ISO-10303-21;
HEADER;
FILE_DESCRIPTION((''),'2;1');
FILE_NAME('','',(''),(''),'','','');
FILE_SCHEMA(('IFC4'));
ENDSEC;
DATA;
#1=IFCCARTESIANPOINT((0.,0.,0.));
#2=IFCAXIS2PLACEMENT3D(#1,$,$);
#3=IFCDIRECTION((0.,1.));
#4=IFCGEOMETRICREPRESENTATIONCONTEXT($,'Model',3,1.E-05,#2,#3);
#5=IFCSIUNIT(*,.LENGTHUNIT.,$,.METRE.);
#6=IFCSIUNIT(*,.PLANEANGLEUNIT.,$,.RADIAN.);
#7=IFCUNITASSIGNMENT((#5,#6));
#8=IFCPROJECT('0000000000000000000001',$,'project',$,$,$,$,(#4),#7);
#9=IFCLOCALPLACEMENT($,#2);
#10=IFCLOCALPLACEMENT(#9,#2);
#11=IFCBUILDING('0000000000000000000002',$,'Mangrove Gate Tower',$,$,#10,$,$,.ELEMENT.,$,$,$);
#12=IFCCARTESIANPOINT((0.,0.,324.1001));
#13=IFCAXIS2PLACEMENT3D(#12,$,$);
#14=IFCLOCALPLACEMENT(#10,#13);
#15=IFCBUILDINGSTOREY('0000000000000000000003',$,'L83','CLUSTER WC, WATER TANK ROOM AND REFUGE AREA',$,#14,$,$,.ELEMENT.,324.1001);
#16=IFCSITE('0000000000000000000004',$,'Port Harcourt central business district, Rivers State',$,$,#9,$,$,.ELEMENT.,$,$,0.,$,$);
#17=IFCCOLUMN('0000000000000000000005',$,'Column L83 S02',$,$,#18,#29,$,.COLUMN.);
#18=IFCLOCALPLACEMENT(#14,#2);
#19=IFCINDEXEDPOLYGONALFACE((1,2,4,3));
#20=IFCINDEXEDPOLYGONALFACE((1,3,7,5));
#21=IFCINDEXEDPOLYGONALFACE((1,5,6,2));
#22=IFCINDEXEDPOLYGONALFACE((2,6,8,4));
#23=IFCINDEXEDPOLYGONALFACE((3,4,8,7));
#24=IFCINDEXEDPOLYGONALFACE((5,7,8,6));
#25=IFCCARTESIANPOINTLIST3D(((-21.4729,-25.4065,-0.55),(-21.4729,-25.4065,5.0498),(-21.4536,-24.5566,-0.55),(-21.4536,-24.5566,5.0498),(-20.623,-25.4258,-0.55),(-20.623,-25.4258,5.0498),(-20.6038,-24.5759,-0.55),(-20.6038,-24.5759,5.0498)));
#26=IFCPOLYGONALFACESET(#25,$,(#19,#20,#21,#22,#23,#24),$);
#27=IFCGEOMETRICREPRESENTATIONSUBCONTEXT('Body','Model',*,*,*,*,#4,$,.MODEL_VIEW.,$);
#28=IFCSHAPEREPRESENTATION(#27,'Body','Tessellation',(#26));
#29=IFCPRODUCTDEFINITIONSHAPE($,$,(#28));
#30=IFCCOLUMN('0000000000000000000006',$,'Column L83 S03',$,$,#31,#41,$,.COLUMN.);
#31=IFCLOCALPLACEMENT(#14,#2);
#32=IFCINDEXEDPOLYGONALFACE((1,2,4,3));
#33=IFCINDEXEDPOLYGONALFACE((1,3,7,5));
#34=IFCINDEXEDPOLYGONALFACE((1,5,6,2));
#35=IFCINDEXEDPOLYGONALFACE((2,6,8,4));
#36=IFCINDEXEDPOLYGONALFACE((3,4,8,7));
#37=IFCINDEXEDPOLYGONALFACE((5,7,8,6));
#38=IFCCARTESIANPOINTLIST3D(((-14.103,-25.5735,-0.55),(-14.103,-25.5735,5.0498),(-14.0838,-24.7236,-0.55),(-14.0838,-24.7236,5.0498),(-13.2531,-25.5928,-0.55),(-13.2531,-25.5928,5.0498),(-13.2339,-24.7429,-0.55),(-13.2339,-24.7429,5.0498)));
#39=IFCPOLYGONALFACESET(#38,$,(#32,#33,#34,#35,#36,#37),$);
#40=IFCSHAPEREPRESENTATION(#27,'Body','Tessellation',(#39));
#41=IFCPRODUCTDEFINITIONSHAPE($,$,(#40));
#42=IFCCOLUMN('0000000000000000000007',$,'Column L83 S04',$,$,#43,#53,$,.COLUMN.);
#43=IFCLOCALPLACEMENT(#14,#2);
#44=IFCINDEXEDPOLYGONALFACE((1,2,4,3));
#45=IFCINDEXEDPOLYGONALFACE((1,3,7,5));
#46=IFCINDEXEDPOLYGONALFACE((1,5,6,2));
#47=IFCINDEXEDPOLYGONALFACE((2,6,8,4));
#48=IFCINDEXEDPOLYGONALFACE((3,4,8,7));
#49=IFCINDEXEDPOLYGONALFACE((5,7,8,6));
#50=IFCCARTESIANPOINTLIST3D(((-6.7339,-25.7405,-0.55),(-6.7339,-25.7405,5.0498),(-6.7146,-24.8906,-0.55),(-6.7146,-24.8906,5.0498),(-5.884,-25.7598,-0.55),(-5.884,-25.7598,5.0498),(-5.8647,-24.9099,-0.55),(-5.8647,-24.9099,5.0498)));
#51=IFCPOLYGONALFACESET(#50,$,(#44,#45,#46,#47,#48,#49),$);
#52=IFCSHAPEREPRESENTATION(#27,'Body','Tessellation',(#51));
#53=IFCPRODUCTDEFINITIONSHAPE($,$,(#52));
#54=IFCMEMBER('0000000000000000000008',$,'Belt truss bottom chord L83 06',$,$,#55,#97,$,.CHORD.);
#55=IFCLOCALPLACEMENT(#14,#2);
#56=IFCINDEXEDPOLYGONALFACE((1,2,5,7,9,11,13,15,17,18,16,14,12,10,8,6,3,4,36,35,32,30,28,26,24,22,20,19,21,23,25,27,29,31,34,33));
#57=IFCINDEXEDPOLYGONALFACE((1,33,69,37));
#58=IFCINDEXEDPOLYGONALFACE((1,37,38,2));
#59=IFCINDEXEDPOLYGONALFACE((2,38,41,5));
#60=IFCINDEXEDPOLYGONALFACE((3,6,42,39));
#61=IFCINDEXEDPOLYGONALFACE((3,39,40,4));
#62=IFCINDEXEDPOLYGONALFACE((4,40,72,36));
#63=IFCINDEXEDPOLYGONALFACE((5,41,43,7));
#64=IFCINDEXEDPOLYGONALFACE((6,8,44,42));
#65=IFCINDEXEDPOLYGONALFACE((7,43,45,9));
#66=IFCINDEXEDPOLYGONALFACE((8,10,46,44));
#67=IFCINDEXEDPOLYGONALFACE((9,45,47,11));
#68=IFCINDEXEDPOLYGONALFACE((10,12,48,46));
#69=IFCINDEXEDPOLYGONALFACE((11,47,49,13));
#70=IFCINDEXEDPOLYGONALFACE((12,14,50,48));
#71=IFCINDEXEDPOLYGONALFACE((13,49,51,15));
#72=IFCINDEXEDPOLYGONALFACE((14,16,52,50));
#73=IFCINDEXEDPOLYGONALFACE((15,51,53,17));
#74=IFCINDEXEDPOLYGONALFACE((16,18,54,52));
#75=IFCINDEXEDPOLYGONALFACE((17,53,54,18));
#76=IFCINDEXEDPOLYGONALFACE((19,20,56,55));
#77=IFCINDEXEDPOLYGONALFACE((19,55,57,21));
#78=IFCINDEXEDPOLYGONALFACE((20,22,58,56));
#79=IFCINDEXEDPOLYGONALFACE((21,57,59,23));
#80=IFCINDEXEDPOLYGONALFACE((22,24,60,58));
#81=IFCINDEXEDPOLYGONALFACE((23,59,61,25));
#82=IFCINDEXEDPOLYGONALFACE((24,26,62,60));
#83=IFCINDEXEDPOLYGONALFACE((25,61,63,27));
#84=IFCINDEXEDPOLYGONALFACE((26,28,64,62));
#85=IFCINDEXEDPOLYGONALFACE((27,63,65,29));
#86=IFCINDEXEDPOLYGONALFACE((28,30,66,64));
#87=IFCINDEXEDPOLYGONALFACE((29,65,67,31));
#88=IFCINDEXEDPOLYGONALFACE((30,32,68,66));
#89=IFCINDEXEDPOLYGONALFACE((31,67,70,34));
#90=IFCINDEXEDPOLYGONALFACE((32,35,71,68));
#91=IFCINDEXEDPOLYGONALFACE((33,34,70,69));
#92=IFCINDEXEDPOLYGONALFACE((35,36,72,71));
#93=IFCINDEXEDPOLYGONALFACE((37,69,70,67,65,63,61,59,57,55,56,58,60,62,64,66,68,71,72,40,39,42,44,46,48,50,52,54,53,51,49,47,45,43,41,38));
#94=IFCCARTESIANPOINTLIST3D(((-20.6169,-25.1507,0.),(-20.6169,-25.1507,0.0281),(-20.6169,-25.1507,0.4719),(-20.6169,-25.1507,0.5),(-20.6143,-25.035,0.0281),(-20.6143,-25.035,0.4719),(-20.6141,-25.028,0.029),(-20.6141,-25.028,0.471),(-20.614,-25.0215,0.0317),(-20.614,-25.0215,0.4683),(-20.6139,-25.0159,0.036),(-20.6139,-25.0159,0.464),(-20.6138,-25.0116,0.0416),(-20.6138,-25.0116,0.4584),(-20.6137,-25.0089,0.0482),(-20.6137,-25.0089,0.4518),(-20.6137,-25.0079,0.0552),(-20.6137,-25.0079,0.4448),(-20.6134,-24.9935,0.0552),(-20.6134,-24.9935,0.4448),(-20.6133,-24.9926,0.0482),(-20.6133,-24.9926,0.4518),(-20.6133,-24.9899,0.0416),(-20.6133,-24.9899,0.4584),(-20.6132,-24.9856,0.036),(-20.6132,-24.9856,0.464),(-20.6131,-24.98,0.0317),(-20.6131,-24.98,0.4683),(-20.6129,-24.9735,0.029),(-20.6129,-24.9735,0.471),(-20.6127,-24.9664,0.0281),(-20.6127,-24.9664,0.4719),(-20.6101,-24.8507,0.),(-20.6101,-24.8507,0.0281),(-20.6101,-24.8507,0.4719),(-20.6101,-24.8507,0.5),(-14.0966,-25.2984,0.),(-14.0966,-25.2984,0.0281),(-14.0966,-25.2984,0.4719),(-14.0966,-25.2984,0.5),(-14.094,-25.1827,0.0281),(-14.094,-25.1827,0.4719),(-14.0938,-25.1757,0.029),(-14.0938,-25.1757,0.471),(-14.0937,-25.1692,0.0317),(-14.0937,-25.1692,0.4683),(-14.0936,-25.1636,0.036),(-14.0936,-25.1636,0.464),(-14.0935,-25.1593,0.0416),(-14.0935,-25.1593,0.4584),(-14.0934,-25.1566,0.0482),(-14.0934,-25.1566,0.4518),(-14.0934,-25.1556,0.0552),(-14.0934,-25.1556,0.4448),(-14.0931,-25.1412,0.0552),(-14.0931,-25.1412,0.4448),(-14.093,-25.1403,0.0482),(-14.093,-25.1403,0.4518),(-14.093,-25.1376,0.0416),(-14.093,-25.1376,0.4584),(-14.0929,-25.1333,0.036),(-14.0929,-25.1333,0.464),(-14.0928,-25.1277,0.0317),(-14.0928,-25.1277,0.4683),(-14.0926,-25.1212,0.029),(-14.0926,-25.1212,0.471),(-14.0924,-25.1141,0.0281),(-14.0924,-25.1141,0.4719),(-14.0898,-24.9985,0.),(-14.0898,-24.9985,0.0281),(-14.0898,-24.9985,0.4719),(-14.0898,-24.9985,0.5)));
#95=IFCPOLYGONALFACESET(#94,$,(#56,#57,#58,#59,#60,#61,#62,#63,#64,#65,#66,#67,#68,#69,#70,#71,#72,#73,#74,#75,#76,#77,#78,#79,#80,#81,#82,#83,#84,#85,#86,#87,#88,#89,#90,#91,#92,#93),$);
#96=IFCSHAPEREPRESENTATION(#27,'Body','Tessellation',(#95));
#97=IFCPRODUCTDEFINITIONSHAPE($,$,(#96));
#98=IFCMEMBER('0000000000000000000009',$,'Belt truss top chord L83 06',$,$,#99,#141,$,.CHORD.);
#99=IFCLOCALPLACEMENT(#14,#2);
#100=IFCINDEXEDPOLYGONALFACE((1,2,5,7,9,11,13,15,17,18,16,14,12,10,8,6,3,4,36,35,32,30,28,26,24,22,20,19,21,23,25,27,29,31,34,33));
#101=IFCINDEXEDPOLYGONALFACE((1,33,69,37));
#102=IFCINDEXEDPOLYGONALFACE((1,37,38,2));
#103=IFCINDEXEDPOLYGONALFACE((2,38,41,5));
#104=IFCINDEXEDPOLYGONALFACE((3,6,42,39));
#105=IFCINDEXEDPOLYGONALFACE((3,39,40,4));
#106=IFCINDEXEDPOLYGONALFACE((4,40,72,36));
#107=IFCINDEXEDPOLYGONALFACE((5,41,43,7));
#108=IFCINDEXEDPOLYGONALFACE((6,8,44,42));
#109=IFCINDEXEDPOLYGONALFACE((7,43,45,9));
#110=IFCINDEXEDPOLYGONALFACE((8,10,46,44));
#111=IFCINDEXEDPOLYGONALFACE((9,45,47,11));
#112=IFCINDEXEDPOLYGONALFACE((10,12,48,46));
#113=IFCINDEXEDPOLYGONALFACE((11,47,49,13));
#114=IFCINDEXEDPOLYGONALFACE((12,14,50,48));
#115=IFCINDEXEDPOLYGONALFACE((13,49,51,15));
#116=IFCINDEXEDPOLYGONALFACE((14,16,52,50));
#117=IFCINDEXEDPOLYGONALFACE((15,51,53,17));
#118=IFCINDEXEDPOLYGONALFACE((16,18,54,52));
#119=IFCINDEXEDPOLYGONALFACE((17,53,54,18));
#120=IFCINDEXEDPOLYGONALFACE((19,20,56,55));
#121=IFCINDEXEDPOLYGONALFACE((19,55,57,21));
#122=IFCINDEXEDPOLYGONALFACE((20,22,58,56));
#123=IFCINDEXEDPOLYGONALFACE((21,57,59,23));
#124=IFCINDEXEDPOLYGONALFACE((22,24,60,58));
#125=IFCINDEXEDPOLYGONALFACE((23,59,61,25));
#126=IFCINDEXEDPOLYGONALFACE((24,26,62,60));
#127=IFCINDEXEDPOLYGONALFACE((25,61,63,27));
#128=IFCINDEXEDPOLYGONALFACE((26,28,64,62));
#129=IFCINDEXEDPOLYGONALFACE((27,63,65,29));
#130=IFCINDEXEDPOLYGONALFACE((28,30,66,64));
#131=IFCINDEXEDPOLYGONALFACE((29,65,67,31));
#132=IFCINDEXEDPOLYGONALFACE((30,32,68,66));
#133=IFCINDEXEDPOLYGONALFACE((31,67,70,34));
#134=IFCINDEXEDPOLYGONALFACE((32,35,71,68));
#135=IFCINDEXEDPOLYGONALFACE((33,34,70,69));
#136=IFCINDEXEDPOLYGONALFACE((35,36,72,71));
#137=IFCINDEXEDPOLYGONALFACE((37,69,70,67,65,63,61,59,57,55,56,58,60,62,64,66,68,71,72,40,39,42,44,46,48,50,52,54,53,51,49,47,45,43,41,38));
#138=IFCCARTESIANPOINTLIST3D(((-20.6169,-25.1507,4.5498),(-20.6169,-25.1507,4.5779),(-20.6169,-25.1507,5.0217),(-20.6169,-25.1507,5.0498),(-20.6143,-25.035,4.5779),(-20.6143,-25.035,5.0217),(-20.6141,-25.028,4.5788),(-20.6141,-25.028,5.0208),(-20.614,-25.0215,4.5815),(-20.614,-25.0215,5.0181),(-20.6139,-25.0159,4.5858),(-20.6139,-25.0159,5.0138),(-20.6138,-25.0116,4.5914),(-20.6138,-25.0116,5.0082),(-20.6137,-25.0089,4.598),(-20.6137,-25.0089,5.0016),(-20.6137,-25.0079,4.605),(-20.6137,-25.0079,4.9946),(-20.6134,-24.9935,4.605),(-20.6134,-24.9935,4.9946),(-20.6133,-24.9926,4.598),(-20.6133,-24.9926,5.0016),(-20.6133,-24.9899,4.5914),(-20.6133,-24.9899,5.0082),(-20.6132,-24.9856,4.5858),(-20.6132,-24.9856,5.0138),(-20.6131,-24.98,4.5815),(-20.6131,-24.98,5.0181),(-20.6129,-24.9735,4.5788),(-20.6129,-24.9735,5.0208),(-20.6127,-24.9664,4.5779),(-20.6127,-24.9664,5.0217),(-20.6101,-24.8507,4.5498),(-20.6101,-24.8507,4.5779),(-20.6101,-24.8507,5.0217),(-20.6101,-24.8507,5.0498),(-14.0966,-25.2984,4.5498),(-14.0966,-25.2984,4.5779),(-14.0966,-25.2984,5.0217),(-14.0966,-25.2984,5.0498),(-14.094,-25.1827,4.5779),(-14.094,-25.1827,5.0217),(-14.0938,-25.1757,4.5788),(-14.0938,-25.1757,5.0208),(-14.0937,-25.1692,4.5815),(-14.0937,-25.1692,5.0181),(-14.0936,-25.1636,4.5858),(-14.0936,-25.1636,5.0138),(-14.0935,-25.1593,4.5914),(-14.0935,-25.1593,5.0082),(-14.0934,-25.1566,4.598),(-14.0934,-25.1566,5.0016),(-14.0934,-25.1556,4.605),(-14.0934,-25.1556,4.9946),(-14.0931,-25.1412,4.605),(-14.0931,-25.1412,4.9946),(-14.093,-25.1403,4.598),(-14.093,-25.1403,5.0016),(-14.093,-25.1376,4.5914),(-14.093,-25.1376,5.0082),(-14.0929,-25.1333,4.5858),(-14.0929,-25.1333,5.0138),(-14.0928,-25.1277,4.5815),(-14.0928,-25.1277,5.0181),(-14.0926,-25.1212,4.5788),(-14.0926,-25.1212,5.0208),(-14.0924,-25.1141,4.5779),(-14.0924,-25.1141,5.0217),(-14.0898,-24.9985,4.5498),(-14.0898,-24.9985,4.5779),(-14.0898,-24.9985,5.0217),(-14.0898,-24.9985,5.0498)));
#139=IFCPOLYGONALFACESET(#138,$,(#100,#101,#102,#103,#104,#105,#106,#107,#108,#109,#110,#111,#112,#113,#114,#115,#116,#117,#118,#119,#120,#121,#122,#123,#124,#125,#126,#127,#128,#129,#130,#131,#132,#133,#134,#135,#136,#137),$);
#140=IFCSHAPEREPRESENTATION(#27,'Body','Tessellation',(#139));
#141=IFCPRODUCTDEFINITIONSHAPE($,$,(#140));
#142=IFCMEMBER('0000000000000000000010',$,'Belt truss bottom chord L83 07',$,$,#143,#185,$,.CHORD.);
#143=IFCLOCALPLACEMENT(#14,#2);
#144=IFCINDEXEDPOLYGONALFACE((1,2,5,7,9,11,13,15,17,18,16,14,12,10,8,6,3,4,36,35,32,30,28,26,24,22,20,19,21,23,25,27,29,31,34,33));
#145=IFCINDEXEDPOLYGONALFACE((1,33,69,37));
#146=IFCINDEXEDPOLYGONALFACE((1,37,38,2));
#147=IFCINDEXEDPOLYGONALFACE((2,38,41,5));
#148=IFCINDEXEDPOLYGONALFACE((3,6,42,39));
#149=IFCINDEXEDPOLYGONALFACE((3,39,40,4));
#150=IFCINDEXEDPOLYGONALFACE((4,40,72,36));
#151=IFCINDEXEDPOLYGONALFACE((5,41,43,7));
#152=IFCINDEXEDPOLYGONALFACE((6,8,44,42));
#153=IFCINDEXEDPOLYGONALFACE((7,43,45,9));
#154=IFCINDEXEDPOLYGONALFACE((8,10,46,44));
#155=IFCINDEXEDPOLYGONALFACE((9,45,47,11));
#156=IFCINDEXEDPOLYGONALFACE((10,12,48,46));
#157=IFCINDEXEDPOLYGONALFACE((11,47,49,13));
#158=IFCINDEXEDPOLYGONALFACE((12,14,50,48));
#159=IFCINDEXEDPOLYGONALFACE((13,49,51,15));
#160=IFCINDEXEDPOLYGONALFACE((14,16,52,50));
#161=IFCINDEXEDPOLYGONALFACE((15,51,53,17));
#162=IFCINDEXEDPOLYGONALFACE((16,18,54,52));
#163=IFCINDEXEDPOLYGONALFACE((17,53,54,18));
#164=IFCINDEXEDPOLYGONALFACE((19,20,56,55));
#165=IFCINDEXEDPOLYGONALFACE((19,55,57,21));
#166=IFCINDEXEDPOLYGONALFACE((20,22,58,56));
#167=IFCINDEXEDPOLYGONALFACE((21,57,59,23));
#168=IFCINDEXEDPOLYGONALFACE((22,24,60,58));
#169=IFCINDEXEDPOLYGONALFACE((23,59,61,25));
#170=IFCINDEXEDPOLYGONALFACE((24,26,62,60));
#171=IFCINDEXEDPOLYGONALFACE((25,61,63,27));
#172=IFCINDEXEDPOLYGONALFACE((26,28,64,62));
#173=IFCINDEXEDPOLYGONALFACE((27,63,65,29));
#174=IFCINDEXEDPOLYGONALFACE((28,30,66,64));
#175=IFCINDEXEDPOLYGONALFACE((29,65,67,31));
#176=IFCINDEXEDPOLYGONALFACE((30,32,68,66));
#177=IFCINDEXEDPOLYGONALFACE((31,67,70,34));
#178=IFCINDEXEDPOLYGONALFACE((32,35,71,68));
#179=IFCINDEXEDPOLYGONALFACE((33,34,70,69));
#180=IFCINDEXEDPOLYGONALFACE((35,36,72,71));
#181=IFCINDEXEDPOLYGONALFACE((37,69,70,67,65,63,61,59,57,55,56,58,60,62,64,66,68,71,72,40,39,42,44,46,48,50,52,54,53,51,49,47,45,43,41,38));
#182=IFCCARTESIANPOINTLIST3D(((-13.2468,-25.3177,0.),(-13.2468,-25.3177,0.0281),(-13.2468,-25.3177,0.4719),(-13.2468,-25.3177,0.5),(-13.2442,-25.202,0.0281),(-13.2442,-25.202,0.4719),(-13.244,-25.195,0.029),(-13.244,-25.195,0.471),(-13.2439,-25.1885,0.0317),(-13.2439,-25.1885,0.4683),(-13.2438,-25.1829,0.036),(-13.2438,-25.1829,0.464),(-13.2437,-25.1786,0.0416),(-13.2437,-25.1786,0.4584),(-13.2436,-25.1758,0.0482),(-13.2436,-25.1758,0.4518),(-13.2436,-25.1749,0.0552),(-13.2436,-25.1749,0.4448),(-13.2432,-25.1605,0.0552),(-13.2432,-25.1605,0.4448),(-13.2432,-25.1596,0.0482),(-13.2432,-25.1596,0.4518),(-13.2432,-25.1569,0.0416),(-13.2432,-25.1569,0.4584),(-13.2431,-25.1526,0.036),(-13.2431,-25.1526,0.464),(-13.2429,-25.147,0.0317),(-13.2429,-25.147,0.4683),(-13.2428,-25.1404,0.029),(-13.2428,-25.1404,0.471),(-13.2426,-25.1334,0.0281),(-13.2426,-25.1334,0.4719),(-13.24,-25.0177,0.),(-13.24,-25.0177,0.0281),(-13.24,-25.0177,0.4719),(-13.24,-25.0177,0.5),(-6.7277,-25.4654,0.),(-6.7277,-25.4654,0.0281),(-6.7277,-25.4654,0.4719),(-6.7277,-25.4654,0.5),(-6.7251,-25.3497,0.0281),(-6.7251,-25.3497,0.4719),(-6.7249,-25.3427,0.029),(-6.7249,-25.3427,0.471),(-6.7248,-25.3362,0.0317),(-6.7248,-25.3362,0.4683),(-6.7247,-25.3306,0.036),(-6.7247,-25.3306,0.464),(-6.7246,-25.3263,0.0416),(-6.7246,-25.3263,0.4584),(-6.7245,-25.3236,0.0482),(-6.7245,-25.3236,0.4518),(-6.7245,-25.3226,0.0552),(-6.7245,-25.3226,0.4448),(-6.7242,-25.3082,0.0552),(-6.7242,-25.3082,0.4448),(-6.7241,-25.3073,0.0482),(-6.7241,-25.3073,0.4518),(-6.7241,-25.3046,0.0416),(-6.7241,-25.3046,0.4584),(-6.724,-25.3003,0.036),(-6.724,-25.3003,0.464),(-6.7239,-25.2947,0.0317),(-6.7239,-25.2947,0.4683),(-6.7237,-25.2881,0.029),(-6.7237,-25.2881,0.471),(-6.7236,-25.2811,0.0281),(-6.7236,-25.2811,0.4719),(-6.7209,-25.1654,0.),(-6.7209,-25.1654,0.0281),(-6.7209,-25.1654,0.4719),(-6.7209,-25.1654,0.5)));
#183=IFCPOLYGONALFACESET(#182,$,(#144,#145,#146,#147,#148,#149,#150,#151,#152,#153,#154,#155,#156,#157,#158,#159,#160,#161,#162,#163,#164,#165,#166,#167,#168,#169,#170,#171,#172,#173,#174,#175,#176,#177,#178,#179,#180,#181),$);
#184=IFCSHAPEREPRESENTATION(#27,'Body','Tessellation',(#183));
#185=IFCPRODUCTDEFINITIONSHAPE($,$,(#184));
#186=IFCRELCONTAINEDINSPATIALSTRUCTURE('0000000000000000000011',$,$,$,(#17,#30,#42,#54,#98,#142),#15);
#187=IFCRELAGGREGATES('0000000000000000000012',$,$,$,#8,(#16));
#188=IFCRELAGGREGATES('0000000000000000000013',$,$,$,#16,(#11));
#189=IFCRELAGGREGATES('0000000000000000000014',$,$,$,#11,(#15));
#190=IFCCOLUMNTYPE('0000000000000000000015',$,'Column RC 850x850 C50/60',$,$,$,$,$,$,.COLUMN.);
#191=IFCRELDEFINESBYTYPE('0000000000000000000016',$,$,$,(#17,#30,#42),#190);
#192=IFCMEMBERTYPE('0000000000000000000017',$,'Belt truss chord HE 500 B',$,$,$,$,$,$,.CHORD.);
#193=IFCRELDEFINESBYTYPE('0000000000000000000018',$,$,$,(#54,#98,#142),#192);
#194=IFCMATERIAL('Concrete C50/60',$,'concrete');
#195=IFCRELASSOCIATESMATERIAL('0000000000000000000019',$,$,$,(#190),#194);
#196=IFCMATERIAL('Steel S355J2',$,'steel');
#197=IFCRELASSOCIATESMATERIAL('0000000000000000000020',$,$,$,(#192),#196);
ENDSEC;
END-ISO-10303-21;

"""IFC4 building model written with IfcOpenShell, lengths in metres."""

from ifc_helpers import new_model, si_unit, direction, frame, origin, origin_2d, place, context, subcontext, project, spatial, rectangle, i_section, extrude, material, material_profile, profile_set, type_object, element, save


model = new_model("IFC4")

# Units and contexts
model_context = context("Model", 3, precision=1e-05, world=origin(), true_north=direction((0.0, 1.0)))
body_context = subcontext(model_context, "Body", "Model", "MODEL_VIEW")
ifc_project = project(units=[si_unit("LENGTHUNIT", "METRE"), si_unit("PLANEANGLEUNIT", "RADIAN")], contexts=[model_context])

# Site, building, storey
site_placement = place(None, origin())
site = spatial("IfcSite", under=ifc_project, at=site_placement, Name="Port Harcourt central business district, Rivers State", CompositionType="ELEMENT", RefElevation=0.0)
building_placement = place(site_placement, origin())
building = spatial("IfcBuilding", under=site, at=building_placement, Name="Mangrove Gate Tower", CompositionType="ELEMENT")
storey_placement = place(building_placement, frame((0.0, 0.0, 324.1001)))
storey = spatial("IfcBuildingStorey", under=building, at=storey_placement, Name="L83", Description="CLUSTER WC, WATER TANK ROOM AND REFUGE AREA", CompositionType="ELEMENT", Elevation=324.1001)

# Columns
ifc_material_1 = material(Name="Concrete C50/60", Category="concrete")
ifc_material_profile_1 = material_profile(ifc_material_1, rectangle(XDim=0.8501, YDim=0.8501, at=origin_2d()))
ifc_profile_set_1 = profile_set([ifc_material_profile_1], Name="Concrete C50/60")
column_type = type_object("IfcColumnType", Name="Column RC 850x850 C50/60", PredefinedType="COLUMN", material=ifc_profile_set_1)
for number, where, z_axis, x_axis, name in (
    (1, (-21.0383, -24.9912, -0.55), (0.0, 0.0, 1.0), (0.999743, -0.022655, 0.0), "Column L83 S02"),
    (2, (-13.6685, -25.1582, -0.55), (0.0, 0.0, 1.0), (0.999743, -0.022655, 0.0), "Column L83 S03"),
    (3, (-6.2993, -25.3252, -0.55), (0.0, 0.0, 1.0), (0.999743, -0.022655, 0.0), "Column L83 S04"),
):
    element("IfcColumn", number, at=place(storey_placement, frame(where, z_axis=z_axis, x_axis=x_axis)), inside=storey, type_object=column_type, Name=name, PredefinedType="COLUMN", context=body_context, shape_type="SweptSolid", body=[
        extrude(rectangle(XDim=0.8501, YDim=0.8501, at=origin_2d()), origin(), (0.0, 0.0, 1.0), 5.5999),
    ])

# Members
ifc_material_2 = material(Name="Steel S355J2", Category="steel")
ifc_material_profile_2 = material_profile(ifc_material_2, i_section(OverallWidth=0.3, OverallDepth=0.5, WebThickness=0.0144, FlangeThickness=0.0281, FilletRadius=0.0271, at=origin_2d()))
ifc_profile_set_2 = profile_set([ifc_material_profile_2], Name="Steel S355J2")
member_type_1 = type_object("IfcMemberType", Name="Belt truss chord HE 500 B", PredefinedType="CHORD", material=ifc_profile_set_2)
for number, where, z_axis, x_axis, name in (
    (4, (-20.6135, -25.0007, 0.25), (0.999744, -0.022647, 0.0), (0.022647, 0.999744, 0.0), "Belt truss bottom chord L83 06"),
    (5, (-20.6135, -25.0007, 4.7998), (0.999744, -0.022647, 0.0), (0.022647, 0.999744, 0.0), "Belt truss top chord L83 06"),
):
    element("IfcMember", number, at=place(storey_placement, frame(where, z_axis=z_axis, x_axis=x_axis)), inside=storey, type_object=member_type_1, Name=name, PredefinedType="CHORD", context=body_context, shape_type="SweptSolid", body=[
        extrude(i_section(OverallWidth=0.3, OverallDepth=0.5, WebThickness=0.0144, FlangeThickness=0.0281, FilletRadius=0.0271, at=origin_2d()), origin(), (0.0, 0.0, 1.0), 6.522),
    ])
for number, where, z_axis, x_axis, name in (
    (6, (-13.2434, -25.1677, 0.25), (0.999743, -0.022652, 0.0), (0.022652, 0.999743, 0.0), "Belt truss bottom chord L83 07"),
):
    element("IfcMember", number, at=place(storey_placement, frame(where, z_axis=z_axis, x_axis=x_axis)), inside=storey, type_object=member_type_1, Name=name, PredefinedType="CHORD", context=body_context, shape_type="SweptSolid", body=[
        extrude(i_section(OverallWidth=0.3, OverallDepth=0.5, WebThickness=0.0144, FlangeThickness=0.0281, FilletRadius=0.0271, at=origin_2d()), origin(), (0.0, 0.0, 1.0), 6.5208),
    ])

save(model, "model.ifc")
